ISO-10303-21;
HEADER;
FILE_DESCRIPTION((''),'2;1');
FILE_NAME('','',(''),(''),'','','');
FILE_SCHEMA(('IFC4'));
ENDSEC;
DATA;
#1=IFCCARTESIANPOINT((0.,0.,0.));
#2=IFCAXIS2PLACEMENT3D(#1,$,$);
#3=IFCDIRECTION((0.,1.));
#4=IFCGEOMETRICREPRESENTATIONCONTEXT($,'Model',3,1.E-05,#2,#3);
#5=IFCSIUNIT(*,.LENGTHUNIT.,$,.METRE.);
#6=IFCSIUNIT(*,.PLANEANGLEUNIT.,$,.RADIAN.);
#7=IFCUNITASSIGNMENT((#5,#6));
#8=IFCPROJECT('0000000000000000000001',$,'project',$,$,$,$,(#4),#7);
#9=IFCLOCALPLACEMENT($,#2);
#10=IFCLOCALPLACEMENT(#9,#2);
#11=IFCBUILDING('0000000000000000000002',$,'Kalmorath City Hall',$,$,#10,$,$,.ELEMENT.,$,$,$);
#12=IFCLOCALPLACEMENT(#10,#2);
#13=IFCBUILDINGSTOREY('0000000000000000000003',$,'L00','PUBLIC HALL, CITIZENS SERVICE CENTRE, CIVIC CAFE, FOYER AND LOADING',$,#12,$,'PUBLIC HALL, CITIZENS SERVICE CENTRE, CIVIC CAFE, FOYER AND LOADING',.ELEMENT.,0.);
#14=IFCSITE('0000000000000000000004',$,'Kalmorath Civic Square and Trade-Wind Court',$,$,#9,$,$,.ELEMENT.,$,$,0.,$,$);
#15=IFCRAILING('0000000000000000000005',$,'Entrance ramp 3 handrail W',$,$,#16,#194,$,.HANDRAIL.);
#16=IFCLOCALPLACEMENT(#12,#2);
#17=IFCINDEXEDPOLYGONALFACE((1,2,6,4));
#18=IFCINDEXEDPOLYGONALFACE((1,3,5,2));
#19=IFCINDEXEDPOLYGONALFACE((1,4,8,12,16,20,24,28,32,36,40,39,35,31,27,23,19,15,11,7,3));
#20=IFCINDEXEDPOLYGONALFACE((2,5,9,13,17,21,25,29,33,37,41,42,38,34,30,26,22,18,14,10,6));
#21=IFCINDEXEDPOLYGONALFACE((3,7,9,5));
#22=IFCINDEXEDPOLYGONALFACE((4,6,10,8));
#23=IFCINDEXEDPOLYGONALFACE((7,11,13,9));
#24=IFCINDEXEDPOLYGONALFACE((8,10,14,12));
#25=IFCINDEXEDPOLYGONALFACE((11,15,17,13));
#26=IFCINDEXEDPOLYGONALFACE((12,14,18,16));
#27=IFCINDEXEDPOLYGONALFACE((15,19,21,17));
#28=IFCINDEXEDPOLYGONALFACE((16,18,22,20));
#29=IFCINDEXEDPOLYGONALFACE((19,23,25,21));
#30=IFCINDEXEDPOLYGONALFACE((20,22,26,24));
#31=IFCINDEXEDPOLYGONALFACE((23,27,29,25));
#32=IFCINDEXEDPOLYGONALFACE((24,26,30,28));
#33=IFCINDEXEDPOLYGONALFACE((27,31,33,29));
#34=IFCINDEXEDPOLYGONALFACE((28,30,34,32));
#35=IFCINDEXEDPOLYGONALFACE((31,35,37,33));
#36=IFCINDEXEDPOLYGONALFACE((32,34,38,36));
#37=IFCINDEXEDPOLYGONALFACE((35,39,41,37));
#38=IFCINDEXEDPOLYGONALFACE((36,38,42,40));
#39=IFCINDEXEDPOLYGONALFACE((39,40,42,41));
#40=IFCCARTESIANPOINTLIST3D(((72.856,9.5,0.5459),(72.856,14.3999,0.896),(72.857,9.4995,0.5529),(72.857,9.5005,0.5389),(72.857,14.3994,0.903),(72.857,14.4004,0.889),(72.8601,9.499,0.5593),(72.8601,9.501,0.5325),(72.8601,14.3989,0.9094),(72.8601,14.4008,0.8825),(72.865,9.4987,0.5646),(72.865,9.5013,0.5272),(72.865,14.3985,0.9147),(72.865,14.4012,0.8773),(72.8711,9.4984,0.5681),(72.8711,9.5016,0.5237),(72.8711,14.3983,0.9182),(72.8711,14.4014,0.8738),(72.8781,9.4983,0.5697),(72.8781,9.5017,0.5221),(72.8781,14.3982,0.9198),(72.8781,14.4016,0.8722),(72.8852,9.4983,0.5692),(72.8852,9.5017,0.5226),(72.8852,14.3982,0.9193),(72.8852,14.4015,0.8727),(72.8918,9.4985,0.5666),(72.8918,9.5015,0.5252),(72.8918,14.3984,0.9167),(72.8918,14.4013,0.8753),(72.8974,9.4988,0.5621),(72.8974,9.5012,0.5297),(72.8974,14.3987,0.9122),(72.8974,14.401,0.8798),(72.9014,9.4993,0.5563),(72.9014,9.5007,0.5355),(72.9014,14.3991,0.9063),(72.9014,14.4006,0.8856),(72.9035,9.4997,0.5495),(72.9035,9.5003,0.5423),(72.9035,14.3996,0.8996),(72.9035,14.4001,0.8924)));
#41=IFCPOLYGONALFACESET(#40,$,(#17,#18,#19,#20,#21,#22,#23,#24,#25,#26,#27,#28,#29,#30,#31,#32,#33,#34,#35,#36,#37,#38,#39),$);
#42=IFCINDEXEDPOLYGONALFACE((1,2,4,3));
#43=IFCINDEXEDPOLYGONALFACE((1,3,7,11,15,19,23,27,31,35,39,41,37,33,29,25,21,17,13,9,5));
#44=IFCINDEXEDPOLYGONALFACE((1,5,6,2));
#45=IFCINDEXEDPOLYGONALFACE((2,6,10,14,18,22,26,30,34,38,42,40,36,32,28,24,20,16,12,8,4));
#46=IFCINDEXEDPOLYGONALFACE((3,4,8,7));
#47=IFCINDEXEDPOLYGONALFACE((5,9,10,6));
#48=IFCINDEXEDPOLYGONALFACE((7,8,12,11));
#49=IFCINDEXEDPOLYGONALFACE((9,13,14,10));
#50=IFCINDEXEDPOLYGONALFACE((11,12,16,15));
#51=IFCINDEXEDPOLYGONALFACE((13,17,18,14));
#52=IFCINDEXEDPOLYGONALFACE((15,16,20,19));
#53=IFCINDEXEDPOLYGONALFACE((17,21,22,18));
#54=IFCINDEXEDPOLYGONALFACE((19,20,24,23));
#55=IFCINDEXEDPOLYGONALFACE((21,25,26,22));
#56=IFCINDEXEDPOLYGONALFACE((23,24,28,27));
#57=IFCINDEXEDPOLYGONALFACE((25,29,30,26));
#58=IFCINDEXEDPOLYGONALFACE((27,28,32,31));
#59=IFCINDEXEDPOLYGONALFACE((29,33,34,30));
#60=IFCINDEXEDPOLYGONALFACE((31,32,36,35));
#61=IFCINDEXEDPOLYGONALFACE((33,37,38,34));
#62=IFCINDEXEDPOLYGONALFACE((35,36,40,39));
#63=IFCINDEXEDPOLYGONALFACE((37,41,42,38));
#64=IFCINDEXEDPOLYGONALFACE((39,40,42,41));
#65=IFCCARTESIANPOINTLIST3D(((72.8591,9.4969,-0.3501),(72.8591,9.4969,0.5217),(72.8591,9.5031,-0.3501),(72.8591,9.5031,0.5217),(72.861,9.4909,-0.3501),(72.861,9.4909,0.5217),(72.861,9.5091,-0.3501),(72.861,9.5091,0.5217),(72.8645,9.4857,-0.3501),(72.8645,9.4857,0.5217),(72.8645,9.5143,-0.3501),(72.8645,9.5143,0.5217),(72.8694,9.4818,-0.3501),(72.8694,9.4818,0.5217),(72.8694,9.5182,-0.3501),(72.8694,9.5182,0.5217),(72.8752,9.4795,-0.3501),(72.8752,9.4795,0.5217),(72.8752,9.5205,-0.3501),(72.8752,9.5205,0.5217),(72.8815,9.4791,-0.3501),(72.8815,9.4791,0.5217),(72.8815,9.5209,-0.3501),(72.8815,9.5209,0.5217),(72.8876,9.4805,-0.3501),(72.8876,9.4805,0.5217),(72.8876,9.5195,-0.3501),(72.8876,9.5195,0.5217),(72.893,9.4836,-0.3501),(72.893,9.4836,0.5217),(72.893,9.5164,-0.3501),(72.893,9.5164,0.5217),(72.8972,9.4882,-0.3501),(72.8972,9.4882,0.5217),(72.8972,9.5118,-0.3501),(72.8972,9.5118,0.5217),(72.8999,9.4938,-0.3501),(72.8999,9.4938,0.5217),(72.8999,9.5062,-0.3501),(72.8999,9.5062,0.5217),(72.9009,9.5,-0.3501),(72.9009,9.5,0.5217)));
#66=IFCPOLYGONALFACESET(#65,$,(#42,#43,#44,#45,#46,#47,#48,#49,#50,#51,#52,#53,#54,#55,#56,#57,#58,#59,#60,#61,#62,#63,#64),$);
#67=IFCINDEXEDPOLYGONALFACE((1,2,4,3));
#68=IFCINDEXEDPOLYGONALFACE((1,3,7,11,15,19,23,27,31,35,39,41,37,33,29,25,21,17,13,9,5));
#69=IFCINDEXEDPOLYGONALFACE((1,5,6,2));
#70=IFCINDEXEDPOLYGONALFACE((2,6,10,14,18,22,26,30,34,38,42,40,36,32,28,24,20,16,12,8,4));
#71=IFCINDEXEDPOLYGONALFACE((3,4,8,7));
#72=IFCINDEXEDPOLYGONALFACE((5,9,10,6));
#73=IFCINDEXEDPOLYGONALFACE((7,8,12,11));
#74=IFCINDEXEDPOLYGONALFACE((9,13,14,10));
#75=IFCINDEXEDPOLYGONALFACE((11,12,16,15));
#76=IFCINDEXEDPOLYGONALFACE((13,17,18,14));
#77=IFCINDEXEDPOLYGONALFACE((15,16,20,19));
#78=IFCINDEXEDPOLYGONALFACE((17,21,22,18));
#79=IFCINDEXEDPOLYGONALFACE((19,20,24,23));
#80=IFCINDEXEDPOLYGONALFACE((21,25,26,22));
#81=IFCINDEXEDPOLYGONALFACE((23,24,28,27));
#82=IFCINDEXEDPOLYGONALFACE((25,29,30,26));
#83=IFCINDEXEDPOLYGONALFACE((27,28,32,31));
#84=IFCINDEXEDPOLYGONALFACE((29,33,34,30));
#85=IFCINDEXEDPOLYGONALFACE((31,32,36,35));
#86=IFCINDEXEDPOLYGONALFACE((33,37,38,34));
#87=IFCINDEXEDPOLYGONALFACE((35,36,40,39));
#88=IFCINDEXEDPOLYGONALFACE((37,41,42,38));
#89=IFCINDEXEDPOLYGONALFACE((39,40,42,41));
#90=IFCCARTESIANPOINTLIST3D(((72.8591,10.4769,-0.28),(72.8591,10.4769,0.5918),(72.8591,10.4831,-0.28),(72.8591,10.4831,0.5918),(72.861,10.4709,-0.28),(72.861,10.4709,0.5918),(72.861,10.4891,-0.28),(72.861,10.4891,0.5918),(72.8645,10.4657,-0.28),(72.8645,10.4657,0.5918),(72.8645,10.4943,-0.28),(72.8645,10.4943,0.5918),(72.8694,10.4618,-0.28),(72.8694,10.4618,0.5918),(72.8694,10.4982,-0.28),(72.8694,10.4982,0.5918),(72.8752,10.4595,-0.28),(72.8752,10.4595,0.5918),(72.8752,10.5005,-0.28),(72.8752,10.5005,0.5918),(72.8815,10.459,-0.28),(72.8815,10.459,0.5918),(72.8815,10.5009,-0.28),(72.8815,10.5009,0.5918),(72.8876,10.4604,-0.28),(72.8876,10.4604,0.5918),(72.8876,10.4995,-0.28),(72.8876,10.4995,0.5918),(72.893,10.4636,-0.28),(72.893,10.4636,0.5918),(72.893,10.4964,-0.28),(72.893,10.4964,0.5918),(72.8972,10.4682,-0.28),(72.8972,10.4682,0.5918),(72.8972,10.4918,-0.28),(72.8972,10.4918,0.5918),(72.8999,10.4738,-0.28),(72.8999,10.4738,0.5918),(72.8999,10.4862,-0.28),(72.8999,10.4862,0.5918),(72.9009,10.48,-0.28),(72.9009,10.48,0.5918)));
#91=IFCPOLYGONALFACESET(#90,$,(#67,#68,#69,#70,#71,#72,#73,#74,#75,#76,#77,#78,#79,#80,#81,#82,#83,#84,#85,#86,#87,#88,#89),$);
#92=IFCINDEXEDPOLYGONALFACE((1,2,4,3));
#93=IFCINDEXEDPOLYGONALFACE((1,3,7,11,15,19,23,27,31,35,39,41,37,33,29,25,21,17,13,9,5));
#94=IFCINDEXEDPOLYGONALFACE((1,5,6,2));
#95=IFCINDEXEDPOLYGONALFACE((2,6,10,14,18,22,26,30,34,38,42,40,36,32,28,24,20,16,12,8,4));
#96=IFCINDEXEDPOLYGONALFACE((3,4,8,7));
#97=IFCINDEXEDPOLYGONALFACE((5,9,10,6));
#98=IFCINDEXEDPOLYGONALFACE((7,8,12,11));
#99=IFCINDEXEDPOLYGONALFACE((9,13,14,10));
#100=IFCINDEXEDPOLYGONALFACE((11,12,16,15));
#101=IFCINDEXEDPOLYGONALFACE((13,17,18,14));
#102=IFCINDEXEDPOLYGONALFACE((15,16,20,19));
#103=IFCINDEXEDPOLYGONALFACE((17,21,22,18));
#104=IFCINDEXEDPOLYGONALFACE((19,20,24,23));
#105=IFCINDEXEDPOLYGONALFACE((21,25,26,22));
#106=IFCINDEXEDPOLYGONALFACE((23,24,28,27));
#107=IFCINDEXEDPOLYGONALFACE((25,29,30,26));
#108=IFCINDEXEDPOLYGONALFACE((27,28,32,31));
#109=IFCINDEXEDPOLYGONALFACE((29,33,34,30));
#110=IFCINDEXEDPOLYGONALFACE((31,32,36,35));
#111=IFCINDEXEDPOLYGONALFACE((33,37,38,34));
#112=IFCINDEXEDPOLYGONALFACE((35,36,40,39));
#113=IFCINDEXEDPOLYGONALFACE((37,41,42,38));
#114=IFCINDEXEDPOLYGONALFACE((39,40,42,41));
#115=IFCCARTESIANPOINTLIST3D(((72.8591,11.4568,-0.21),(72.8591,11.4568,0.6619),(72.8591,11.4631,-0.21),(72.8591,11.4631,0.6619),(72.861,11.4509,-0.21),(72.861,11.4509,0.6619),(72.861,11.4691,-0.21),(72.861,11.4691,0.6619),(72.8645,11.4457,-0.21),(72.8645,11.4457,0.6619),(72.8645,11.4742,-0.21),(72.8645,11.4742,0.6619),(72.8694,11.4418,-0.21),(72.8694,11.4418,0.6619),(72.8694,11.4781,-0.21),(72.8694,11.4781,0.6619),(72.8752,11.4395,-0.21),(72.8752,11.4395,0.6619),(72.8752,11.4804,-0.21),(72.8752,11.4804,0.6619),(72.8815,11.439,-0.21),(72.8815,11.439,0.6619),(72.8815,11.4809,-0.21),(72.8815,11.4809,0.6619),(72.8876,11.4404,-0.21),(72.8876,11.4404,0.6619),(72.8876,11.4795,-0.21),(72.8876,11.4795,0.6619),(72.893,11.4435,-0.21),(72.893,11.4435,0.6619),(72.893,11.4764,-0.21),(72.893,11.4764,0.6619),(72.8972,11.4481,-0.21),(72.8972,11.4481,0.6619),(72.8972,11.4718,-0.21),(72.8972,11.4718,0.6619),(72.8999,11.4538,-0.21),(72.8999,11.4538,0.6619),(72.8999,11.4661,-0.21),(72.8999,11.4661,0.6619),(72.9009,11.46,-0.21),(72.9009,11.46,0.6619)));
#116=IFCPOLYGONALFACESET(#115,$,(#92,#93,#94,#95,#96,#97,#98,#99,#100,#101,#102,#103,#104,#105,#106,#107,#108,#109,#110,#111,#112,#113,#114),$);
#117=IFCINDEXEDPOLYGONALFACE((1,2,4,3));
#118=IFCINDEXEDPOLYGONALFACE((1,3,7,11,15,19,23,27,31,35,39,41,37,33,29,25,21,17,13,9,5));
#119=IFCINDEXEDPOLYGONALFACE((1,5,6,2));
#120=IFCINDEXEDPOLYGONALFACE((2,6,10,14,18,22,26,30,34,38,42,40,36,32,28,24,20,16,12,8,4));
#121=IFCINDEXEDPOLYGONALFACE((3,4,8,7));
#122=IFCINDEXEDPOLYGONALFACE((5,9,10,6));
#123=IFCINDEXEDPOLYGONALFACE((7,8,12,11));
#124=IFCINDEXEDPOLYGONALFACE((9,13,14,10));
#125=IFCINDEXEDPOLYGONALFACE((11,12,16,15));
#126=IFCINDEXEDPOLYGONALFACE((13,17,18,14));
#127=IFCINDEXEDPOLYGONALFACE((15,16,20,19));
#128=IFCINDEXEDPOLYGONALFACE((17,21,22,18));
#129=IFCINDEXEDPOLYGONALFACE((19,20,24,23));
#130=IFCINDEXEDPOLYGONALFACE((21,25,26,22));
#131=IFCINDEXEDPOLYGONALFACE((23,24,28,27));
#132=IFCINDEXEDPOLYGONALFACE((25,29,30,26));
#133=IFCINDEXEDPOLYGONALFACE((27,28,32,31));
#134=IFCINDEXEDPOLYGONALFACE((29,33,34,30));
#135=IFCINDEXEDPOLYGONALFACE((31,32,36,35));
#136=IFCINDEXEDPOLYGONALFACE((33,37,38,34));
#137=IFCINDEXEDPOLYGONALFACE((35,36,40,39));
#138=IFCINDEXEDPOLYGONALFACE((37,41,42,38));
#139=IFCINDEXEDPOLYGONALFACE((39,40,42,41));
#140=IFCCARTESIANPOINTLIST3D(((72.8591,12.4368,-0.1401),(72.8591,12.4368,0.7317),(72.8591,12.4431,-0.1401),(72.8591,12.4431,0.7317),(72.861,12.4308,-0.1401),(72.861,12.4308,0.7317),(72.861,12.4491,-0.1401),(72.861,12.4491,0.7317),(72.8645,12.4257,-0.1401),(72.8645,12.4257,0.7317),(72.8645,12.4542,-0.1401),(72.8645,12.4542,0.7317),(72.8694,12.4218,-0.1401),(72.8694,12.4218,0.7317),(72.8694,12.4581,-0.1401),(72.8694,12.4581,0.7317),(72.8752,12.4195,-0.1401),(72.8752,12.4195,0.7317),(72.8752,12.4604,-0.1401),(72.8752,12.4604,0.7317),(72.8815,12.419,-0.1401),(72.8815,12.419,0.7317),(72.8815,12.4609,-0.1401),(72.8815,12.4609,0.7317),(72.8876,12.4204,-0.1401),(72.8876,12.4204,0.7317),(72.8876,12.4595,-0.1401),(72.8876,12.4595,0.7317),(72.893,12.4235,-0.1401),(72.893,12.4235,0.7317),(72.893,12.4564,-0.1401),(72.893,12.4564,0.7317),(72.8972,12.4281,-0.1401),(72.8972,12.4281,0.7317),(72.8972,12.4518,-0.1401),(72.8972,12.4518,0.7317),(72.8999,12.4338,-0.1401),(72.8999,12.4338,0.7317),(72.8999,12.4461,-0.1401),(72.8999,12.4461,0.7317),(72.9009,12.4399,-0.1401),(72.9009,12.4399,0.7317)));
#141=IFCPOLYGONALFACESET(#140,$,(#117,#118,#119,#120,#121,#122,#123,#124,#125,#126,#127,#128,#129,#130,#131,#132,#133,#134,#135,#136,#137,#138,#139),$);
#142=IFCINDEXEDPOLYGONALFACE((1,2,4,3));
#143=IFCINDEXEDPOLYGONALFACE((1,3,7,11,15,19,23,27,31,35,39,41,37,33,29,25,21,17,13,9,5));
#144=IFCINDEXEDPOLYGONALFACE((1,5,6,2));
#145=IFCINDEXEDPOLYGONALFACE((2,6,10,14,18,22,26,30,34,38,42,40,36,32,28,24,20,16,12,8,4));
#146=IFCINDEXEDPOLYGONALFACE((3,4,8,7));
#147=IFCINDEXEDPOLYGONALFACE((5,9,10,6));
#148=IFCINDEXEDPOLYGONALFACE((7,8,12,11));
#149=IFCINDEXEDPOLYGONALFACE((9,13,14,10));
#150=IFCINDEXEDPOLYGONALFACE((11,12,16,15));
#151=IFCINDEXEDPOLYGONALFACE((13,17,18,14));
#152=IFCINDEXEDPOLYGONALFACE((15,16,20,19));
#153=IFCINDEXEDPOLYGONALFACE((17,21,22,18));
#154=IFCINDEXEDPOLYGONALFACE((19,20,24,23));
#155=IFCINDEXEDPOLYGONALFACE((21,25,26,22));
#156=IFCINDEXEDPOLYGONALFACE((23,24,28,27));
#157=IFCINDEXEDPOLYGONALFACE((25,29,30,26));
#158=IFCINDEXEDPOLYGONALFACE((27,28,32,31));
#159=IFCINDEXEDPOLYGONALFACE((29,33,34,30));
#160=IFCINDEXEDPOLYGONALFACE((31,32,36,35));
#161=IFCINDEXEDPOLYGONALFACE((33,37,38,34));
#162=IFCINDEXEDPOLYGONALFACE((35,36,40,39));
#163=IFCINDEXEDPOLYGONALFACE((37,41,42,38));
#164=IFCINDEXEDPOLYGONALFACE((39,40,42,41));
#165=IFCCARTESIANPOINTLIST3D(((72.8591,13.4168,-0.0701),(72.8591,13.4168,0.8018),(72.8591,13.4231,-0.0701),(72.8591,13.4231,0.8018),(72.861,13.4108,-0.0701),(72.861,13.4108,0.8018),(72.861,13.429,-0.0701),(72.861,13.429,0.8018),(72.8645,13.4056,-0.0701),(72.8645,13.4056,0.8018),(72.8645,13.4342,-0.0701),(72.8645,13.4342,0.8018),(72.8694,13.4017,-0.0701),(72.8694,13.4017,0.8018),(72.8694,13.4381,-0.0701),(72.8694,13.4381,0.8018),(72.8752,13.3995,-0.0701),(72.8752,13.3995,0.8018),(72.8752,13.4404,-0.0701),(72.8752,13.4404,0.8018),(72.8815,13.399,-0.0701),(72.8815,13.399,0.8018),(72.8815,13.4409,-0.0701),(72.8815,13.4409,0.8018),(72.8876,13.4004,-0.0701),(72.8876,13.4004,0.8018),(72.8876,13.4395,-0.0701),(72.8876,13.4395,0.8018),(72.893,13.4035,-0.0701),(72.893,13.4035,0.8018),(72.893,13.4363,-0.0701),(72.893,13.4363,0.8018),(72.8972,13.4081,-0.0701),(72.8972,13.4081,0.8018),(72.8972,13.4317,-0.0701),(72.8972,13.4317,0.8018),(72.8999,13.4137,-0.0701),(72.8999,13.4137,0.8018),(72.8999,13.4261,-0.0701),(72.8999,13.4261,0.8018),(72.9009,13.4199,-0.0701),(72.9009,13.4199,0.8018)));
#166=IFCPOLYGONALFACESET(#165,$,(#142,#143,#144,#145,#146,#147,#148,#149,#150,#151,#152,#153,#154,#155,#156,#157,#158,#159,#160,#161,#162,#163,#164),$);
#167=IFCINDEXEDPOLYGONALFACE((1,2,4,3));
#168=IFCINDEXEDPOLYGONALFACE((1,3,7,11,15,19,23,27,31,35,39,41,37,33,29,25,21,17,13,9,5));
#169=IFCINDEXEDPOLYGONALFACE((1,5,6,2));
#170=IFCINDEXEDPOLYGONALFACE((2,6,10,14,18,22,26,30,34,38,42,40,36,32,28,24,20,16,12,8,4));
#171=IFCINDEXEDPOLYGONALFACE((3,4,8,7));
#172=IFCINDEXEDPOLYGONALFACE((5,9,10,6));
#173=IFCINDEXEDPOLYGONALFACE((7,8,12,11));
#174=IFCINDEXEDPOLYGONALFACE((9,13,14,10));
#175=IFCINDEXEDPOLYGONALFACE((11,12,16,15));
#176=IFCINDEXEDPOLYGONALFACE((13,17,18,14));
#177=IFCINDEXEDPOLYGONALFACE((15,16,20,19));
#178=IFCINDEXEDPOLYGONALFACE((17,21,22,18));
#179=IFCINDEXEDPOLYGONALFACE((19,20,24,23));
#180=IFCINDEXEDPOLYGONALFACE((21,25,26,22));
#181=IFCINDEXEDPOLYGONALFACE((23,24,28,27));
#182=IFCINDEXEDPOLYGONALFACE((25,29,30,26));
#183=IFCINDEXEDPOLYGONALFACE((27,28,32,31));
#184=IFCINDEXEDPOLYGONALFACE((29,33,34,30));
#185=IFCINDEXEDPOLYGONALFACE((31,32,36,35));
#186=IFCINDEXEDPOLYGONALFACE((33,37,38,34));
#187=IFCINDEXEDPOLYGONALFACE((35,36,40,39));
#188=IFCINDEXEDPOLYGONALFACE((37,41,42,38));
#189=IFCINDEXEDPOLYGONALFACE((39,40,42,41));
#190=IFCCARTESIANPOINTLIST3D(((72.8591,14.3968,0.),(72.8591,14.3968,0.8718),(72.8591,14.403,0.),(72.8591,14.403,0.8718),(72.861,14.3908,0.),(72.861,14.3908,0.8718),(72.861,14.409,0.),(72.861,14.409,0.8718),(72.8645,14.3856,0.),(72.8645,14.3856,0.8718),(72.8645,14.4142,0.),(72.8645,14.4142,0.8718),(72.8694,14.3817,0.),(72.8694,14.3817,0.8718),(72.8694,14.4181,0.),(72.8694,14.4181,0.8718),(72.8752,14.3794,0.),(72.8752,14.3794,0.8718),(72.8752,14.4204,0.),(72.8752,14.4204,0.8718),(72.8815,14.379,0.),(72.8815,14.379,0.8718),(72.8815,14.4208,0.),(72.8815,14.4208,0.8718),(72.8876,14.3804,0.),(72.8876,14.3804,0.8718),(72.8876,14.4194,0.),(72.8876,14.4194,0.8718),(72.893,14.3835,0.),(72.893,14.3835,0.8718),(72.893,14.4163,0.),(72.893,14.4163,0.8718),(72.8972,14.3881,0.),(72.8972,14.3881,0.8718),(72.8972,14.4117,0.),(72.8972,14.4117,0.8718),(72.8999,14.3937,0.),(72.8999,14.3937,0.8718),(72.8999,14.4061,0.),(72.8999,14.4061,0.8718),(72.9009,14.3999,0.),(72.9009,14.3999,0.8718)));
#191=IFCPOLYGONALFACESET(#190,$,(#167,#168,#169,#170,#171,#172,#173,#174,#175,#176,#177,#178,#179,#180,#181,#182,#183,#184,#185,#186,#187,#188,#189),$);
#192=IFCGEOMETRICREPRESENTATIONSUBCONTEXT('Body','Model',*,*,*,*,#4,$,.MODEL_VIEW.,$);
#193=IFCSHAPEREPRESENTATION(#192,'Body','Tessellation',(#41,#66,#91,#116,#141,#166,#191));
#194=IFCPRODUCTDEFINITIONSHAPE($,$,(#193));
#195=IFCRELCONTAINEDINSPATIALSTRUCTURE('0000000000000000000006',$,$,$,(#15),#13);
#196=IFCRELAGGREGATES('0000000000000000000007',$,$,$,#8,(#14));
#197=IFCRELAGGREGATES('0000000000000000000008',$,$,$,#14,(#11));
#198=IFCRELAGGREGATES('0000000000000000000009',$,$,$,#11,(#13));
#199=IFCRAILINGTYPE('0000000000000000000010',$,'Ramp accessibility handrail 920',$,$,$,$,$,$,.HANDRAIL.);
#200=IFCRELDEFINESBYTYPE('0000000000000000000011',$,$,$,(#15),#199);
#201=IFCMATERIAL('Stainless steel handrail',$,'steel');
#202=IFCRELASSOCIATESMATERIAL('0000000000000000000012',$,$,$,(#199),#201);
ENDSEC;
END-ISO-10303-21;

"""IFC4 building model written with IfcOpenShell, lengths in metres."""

from ifc_helpers import new_model, si_unit, direction, frame, origin, origin_2d, place, context, subcontext, project, spatial, circle, extrude, material, type_object, element, save


model = new_model("IFC4")

# Units and contexts
model_context = context("Model", 3, precision=1e-05, world=origin(), true_north=direction((0.0, 1.0)))
body_context = subcontext(model_context, "Body", "Model", "MODEL_VIEW")
ifc_project = project(units=[si_unit("LENGTHUNIT", "METRE"), si_unit("PLANEANGLEUNIT", "RADIAN")], contexts=[model_context])

# Site, building, storey
site_placement = place(None, origin())
site = spatial("IfcSite", under=ifc_project, at=site_placement, Name="Kalmorath Civic Square and Trade-Wind Court", CompositionType="ELEMENT", RefElevation=0.0)
building_placement = place(site_placement, origin())
building = spatial("IfcBuilding", under=site, at=building_placement, Name="Kalmorath City Hall", CompositionType="ELEMENT")
storey_placement = place(building_placement, origin())
storey = spatial("IfcBuildingStorey", under=building, at=storey_placement, Name="L00", Description="PUBLIC HALL, CITIZENS SERVICE CENTRE, CIVIC CAFE, FOYER AND LOADING", LongName="PUBLIC HALL, CITIZENS SERVICE CENTRE, CIVIC CAFE, FOYER AND LOADING", CompositionType="ELEMENT", Elevation=0.0)

# Railing
ifc_material_1 = material(Name="Stainless steel handrail", Category="steel")
railing_type = type_object("IfcRailingType", Name="Ramp accessibility handrail 920", PredefinedType="HANDRAIL", material=ifc_material_1)
railing_placement = place(storey_placement, frame((72.8799, 9.5, -0.3501)))
element("IfcRailing", 1, at=railing_placement, inside=storey, type_object=railing_type, Name="Entrance ramp 3 handrail W", PredefinedType="HANDRAIL", context=body_context, shape_type="SweptSolid", body=[
    extrude(circle(Radius=0.0239, at=origin_2d()), frame((0.0, 0.0, 0.896), z_axis=(0.0, 0.997457, 0.071268), x_axis=(-1.0, 0.0, 0.0)), (0.0, 0.0, 1.0), 4.9124),
    extrude(circle(Radius=0.021, at=origin_2d()), origin(), (0.0, 0.0, 1.0), 0.8718),
    extrude(circle(Radius=0.021, at=origin_2d()), frame((0.0, 0.98, 0.0701)), (0.0, 0.0, 1.0), 0.8718),
    extrude(circle(Radius=0.021, at=origin_2d()), frame((0.0, 1.96, 0.1401)), (0.0, 0.0, 1.0), 0.8718),
    extrude(circle(Radius=0.021, at=origin_2d()), frame((0.0, 2.9399, 0.21)), (0.0, 0.0, 1.0), 0.8718),
    extrude(circle(Radius=0.021, at=origin_2d()), frame((0.0, 3.9199, 0.28)), (0.0, 0.0, 1.0), 0.8718),
    extrude(circle(Radius=0.021, at=origin_2d()), frame((0.0, 4.8999, 0.3501)), (0.0, 0.0, 1.0), 0.8718),
])

save(model, "model.ifc")
